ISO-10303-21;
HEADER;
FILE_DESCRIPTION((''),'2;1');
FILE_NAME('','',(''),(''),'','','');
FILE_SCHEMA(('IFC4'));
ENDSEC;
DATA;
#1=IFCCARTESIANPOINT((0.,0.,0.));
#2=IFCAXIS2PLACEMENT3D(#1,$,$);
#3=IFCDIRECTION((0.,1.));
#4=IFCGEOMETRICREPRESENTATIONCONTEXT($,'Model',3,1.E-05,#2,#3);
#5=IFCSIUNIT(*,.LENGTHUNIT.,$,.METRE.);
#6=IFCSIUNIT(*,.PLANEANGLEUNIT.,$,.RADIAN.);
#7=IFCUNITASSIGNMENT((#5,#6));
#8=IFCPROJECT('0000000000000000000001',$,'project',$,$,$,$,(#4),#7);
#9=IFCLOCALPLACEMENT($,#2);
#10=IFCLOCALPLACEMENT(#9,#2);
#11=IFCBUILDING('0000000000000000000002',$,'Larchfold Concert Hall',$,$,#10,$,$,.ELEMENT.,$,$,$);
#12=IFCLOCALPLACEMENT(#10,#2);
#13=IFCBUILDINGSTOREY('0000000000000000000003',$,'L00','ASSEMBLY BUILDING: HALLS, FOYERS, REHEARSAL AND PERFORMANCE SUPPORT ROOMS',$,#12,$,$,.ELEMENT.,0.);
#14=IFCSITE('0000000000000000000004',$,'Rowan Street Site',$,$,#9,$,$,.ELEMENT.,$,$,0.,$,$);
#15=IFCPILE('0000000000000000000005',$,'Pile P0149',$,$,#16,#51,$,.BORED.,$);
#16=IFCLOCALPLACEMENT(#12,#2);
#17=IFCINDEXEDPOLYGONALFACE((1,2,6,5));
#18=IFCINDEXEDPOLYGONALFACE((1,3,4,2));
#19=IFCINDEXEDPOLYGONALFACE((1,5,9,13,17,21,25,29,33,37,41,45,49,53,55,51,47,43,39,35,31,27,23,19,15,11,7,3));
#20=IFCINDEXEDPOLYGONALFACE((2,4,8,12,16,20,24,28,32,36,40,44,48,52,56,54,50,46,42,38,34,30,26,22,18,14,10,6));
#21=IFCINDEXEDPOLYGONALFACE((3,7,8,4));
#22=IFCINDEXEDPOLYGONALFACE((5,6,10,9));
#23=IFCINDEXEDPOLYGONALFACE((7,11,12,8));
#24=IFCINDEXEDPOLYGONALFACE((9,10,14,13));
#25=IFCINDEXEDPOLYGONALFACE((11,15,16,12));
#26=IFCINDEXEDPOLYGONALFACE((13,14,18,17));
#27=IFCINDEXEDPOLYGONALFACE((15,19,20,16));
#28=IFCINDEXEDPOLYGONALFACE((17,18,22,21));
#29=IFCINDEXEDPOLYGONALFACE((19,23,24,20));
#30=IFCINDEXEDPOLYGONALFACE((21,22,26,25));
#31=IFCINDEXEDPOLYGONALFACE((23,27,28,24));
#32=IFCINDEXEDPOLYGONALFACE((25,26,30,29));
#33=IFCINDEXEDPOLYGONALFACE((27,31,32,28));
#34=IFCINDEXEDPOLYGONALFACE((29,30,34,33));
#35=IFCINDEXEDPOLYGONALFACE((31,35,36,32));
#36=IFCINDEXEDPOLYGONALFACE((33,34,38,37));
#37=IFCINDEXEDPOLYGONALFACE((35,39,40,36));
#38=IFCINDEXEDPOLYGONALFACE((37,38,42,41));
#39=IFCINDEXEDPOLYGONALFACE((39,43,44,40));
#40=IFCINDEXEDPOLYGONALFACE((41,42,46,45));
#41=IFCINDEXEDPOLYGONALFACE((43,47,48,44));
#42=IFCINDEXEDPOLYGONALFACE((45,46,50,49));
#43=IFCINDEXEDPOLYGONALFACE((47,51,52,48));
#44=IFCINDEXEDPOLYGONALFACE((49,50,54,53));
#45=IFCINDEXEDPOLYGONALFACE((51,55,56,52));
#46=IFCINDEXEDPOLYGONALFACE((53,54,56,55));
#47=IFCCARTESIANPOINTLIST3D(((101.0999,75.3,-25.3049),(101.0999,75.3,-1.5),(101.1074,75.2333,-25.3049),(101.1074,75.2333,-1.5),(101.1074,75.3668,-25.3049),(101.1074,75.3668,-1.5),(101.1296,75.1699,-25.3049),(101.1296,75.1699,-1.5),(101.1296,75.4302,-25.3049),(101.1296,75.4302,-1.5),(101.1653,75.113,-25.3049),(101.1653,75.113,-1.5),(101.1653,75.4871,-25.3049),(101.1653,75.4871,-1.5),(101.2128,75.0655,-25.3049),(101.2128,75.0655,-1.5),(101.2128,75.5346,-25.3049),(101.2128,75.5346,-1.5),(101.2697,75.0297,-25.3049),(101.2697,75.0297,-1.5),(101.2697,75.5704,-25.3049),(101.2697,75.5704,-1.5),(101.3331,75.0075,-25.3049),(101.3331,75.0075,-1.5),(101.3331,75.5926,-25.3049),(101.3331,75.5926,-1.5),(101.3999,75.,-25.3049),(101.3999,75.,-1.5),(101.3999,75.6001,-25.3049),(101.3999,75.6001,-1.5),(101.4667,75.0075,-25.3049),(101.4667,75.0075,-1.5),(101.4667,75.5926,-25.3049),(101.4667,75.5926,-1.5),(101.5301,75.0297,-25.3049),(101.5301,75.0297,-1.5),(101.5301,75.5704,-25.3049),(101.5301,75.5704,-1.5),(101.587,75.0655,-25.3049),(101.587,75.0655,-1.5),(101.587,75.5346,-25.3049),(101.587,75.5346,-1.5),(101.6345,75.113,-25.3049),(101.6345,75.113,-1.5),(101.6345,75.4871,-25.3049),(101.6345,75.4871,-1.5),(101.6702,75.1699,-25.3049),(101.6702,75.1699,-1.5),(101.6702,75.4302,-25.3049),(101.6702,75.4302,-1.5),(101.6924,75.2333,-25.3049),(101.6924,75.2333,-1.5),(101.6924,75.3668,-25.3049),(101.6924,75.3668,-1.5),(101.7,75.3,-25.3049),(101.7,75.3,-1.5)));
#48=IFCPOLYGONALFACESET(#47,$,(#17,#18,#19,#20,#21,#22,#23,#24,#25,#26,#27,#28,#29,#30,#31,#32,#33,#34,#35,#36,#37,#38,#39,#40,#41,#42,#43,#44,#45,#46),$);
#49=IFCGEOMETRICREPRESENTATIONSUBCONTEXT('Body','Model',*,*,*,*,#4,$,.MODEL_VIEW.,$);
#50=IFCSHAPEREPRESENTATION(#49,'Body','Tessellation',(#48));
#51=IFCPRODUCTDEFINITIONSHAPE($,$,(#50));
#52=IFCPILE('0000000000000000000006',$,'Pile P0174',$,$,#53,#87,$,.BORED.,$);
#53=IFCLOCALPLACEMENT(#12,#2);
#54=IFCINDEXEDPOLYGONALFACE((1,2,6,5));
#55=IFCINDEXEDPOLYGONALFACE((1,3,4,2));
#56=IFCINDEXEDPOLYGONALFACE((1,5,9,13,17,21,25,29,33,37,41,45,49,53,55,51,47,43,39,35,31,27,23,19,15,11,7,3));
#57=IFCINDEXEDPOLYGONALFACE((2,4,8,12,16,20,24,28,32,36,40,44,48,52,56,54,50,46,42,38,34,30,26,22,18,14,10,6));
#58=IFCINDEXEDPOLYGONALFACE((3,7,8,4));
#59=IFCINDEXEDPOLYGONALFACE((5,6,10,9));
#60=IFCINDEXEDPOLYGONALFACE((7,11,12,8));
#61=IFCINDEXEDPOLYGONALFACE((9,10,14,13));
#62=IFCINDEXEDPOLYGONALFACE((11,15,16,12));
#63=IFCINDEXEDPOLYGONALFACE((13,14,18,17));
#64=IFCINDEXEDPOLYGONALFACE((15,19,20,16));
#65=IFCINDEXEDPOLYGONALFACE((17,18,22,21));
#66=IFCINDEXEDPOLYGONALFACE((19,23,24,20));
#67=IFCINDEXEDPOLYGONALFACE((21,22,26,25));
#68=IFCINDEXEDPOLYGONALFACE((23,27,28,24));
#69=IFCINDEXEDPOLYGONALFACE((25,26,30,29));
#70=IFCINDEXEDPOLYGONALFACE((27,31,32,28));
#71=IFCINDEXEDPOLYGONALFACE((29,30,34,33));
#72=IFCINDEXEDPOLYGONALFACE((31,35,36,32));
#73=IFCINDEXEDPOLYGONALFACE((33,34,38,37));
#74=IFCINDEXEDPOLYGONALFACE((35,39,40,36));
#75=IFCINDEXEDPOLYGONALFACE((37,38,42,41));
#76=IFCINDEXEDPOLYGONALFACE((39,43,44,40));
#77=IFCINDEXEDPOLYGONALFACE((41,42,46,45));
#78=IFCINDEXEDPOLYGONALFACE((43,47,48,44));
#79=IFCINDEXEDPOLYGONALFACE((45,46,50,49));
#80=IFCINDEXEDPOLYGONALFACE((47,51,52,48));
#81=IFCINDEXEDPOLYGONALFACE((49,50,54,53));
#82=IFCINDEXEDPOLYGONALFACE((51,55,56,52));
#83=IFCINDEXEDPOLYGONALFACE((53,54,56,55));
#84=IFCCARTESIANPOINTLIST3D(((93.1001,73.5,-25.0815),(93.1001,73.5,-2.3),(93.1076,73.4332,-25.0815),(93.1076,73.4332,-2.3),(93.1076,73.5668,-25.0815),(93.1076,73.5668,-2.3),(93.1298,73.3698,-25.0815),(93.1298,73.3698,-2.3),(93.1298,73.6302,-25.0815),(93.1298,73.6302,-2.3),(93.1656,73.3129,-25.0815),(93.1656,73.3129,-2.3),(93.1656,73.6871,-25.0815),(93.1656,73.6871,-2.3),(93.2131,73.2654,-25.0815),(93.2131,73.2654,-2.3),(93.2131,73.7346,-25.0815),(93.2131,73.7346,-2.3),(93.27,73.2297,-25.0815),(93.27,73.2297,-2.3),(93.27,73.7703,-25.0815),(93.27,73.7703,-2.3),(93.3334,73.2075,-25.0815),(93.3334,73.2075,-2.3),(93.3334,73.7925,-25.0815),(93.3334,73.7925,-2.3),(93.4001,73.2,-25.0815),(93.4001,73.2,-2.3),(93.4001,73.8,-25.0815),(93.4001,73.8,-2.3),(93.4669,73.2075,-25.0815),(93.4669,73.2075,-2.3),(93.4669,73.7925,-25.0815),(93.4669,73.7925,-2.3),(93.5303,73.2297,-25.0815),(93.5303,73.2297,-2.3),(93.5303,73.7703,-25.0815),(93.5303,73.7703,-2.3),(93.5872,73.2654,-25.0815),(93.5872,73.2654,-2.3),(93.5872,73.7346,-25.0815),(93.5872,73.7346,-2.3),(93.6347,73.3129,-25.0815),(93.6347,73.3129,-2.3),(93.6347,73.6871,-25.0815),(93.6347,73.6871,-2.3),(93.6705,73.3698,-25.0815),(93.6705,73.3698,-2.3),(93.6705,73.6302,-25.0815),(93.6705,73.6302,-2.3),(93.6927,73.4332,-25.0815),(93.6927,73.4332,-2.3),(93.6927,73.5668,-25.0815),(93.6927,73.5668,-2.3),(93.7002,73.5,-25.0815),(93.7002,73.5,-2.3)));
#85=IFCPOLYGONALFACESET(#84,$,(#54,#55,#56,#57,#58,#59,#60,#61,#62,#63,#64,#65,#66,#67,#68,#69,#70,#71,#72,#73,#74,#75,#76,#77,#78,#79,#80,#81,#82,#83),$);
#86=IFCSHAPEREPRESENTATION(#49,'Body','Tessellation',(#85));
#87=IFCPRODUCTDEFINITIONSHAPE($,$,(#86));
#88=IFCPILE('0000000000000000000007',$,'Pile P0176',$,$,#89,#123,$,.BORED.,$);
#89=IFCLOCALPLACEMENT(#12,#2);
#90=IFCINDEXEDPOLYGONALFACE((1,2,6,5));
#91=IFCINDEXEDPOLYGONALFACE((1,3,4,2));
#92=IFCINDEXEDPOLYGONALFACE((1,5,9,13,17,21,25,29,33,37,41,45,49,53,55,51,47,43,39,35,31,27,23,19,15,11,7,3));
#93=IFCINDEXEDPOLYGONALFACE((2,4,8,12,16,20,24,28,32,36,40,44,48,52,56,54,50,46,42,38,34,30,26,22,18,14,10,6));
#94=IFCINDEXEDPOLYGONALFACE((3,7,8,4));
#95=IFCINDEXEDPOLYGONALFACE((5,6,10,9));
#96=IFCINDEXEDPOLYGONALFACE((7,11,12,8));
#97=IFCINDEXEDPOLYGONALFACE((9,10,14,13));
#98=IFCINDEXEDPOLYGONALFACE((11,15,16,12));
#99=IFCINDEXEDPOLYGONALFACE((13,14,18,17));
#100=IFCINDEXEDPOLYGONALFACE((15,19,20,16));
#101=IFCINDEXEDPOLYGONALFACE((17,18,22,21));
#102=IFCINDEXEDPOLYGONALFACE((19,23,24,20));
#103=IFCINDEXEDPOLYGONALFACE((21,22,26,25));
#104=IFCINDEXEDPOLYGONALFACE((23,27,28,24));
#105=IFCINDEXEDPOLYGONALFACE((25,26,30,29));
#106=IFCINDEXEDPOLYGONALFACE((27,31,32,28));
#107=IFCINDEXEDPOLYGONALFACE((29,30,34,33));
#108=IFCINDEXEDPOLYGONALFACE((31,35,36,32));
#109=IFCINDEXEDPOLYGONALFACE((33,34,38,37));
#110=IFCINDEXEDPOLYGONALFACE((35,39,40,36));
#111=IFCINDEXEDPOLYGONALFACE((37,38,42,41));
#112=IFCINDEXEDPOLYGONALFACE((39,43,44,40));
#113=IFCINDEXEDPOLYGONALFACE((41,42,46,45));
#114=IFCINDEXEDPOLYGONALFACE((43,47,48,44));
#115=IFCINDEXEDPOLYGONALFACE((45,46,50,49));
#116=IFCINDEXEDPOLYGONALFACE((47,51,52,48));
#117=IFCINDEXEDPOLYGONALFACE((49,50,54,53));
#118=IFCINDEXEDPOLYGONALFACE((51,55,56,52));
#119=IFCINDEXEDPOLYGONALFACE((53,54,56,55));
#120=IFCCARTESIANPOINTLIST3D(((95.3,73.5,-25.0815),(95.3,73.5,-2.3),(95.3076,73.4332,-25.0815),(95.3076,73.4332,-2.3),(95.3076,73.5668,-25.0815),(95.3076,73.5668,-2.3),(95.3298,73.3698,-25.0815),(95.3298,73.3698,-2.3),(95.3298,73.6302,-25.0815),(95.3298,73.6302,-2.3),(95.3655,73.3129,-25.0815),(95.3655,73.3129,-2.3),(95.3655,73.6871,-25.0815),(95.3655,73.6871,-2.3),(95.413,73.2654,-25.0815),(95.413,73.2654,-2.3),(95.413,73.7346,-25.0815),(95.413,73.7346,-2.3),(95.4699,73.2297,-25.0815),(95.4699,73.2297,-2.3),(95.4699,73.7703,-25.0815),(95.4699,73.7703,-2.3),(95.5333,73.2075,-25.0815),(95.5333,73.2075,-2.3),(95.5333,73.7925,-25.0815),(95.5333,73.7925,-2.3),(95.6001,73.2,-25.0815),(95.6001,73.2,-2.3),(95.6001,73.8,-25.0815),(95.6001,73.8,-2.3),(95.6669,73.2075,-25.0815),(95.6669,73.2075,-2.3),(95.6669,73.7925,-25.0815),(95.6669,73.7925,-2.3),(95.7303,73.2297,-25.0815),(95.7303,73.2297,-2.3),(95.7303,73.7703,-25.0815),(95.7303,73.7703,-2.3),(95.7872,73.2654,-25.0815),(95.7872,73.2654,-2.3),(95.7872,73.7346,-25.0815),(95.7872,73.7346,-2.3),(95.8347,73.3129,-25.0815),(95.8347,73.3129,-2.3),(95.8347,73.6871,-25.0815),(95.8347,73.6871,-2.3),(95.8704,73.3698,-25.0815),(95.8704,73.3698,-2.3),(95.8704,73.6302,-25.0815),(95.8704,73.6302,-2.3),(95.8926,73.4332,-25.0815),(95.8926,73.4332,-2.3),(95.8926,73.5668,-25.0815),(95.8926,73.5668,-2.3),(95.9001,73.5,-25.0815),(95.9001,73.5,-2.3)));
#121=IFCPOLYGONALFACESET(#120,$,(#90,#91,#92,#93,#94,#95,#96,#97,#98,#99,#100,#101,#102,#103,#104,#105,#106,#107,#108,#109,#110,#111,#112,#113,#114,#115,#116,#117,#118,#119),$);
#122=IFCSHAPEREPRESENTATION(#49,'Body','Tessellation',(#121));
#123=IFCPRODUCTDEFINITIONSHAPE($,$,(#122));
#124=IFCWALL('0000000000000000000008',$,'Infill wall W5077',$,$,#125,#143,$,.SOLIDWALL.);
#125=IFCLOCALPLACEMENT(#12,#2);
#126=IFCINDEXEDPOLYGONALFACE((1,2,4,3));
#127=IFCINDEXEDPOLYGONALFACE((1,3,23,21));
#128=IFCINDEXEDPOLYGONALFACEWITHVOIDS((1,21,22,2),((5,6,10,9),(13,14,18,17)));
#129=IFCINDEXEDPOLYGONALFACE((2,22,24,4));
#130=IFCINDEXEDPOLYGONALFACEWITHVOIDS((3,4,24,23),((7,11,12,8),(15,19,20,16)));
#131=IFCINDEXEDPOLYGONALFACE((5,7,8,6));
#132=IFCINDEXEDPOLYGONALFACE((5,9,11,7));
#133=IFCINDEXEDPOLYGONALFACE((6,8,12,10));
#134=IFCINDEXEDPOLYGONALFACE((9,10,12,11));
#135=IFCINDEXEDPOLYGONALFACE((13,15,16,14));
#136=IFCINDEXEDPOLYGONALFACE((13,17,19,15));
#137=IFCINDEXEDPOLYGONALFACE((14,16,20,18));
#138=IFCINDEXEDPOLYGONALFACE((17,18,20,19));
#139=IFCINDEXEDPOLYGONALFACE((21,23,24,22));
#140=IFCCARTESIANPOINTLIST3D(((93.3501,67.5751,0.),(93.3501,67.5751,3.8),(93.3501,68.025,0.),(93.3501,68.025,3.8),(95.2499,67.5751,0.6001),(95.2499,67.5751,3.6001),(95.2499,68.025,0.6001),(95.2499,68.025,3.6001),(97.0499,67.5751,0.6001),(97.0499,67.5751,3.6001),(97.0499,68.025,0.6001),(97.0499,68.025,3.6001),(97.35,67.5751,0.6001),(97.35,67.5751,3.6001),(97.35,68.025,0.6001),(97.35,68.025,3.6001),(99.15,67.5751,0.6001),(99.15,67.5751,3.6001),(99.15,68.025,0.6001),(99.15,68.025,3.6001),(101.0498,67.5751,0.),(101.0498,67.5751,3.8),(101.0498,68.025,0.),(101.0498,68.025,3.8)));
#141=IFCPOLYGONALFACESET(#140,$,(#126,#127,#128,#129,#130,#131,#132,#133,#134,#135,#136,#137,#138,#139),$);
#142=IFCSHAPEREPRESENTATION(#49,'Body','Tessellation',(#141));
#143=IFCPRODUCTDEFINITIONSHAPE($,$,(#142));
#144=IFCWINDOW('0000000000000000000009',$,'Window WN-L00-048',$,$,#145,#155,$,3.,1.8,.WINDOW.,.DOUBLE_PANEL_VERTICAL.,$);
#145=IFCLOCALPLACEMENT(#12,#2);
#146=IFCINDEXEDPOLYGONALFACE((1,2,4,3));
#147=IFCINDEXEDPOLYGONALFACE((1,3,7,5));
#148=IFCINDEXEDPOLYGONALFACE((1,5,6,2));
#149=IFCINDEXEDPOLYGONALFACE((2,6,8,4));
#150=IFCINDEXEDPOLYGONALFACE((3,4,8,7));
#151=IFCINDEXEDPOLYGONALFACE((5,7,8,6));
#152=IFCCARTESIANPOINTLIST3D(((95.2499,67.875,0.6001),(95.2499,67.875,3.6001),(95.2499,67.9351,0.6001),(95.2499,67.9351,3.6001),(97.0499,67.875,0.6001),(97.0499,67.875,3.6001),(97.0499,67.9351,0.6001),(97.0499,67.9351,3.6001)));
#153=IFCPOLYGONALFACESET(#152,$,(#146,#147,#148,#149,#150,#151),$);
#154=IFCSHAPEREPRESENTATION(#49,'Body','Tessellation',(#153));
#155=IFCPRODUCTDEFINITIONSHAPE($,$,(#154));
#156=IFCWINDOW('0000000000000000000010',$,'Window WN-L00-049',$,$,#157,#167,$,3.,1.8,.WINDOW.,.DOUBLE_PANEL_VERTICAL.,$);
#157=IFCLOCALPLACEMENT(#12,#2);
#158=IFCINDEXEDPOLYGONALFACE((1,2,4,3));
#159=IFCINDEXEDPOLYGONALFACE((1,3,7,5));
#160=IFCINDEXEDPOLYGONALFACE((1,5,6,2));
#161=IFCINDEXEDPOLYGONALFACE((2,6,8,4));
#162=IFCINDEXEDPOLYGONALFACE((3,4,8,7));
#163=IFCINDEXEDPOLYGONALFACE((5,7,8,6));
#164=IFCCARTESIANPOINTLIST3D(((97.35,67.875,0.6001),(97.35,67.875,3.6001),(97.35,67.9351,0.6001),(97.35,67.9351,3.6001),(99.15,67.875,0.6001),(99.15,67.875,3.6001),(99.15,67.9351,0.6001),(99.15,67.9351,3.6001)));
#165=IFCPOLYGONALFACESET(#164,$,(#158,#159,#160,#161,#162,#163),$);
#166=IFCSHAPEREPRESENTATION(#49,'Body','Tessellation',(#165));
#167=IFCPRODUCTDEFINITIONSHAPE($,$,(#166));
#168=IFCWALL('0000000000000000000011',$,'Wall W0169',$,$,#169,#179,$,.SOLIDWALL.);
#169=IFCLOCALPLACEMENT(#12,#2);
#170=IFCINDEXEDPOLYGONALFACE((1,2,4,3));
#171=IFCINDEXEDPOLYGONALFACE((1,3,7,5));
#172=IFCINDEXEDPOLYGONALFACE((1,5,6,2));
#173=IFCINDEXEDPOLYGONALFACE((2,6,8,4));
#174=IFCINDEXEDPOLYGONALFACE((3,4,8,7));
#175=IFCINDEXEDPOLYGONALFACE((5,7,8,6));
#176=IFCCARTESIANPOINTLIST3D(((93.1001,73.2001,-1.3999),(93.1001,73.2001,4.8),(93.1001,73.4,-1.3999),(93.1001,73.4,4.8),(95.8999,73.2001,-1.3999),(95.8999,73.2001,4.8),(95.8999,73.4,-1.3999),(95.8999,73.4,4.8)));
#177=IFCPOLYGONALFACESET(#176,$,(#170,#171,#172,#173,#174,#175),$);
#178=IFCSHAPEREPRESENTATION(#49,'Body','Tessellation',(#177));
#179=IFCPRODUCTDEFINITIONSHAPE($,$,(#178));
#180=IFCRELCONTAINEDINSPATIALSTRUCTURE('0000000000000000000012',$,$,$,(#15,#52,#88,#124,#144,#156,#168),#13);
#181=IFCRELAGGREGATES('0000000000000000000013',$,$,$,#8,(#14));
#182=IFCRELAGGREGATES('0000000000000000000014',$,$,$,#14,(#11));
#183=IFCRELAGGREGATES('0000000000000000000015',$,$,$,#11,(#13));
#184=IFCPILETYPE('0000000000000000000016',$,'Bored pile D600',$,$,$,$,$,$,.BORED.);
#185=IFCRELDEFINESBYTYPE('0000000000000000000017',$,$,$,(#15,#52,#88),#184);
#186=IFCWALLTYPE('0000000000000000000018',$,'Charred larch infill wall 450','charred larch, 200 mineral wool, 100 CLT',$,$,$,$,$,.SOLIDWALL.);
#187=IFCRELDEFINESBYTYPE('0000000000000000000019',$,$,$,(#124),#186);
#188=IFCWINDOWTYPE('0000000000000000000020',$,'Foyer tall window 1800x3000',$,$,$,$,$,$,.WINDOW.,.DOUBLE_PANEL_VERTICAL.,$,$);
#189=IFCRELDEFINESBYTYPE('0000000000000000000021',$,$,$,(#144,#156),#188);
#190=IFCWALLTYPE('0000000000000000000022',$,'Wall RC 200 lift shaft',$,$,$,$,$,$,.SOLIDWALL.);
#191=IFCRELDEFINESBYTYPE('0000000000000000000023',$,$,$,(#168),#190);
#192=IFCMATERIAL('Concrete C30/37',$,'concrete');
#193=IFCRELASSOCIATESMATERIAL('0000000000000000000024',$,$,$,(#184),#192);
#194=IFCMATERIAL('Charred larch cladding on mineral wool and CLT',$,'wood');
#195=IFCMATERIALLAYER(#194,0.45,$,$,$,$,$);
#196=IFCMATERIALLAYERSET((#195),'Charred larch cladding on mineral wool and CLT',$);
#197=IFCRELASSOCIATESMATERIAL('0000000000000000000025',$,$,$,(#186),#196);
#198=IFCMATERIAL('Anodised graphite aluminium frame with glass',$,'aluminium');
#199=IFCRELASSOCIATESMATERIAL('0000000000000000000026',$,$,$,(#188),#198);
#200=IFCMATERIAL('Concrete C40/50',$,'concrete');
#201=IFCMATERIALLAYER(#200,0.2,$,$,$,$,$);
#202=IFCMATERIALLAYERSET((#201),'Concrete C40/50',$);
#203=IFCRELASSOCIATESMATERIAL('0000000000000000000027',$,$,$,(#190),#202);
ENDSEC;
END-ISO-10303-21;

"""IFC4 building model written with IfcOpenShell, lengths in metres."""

from ifc_helpers import new_model, si_unit, direction, frame, frame_2d, origin, origin_2d, place, context, subcontext, project, spatial, rectangle, circle, extrude, material, layer, layer_set, material_profile, profile_set, type_object, element, fill, save


model = new_model("IFC4")

# Units and contexts
model_context = context("Model", 3, precision=1e-05, world=origin(), true_north=direction((0.0, 1.0)))
body_context = subcontext(model_context, "Body", "Model", "MODEL_VIEW")
ifc_project = project(units=[si_unit("LENGTHUNIT", "METRE"), si_unit("PLANEANGLEUNIT", "RADIAN")], contexts=[model_context])

# Site, building, storey
site_placement = place(None, origin())
site = spatial("IfcSite", under=ifc_project, at=site_placement, Name="Rowan Street Site", CompositionType="ELEMENT", RefElevation=0.0)
building_placement = place(site_placement, origin())
building = spatial("IfcBuilding", under=site, at=building_placement, Name="Larchfold Concert Hall", CompositionType="ELEMENT")
storey_placement = place(building_placement, origin())
storey = spatial("IfcBuildingStorey", under=building, at=storey_placement, Name="L00", Description="ASSEMBLY BUILDING: HALLS, FOYERS, REHEARSAL AND PERFORMANCE SUPPORT ROOMS", CompositionType="ELEMENT", Elevation=0.0)

# Piles
ifc_material_1 = material(Name="Concrete C30/37", Category="concrete")
ifc_material_profile = material_profile(ifc_material_1, circle(Radius=0.3, at=origin_2d()))
ifc_profile_set = profile_set([ifc_material_profile], Name="Concrete C30/37")
pile_type = type_object("IfcPileType", Name="Bored pile D600", PredefinedType="BORED", material=ifc_profile_set)
for number, where, z_axis, x_axis, name in (
    (1, (101.3999, 75.3, -1.5), (0.0, 0.0, -1.0), (1.0, 0.0, 0.0), "Pile P0149"),
):
    element("IfcPile", number, at=place(storey_placement, frame(where, z_axis=z_axis, x_axis=x_axis)), inside=storey, type_object=pile_type, Name=name, PredefinedType="BORED", context=body_context, shape_type="SweptSolid", body=[
        extrude(circle(Radius=0.3, at=origin_2d()), origin(), (0.0, 0.0, 1.0), 23.8049),
    ])
for number, where, z_axis, x_axis, name in (
    (2, (93.4001, 73.5, -2.3), (0.0, 0.0, -1.0), (1.0, 0.0, 0.0), "Pile P0174"),
    (3, (95.6001, 73.5, -2.3), (0.0, 0.0, -1.0), (1.0, 0.0, 0.0), "Pile P0176"),
):
    element("IfcPile", number, at=place(storey_placement, frame(where, z_axis=z_axis, x_axis=x_axis)), inside=storey, type_object=pile_type, Name=name, PredefinedType="BORED", context=body_context, shape_type="SweptSolid", body=[
        extrude(circle(Radius=0.3, at=origin_2d()), origin(), (0.0, 0.0, 1.0), 22.7815),
    ])

# Wall, openings, windows
ifc_material_2 = material(Name="Charred larch cladding on mineral wool and CLT", Category="wood")
ifc_layer_1 = layer(ifc_material_2, 0.45)
ifc_layer_set_1 = layer_set([ifc_layer_1], Name="Charred larch cladding on mineral wool and CLT")
wall_type_1 = type_object("IfcWallType", Name="Charred larch infill wall 450", Description="charred larch, 200 mineral wool, 100 CLT", PredefinedType="SOLIDWALL", material=ifc_layer_set_1)
wall_1_placement = place(storey_placement, frame((93.3501, 67.8, 0.0), z_axis=(0.0, 0.0, 1.0), x_axis=(1.0, 0.0, 0.0)))
wall_1 = element("IfcWall", 4, at=wall_1_placement, inside=storey, type_object=wall_type_1, Name="Infill wall W5077", PredefinedType="SOLIDWALL", context=body_context, shape_type="SweptSolid", body=[
    extrude(rectangle(XDim=7.6997, YDim=0.45, at=frame_2d((3.8499, 0.0))), origin(), (0.0, 0.0, 1.0), 3.8),
])
opening_1_placement = place(wall_1_placement, frame((1.8999, 0.0, 0.6001)))
opening_1 = element("IfcOpeningElement", 5, at=opening_1_placement, cuts=wall_1, PredefinedType="OPENING", context=body_context, shape_type="SweptSolid", body=[
    extrude(rectangle(XDim=1.8, YDim=3.0, at=frame_2d((0.8999, 1.5))), frame((0.0, 0.2349, 0.0), z_axis=(0.0, -1.0, 0.0), x_axis=(1.0, 0.0, 0.0)), (0.0, 0.0, 1.0), 0.47),
])
opening_2_placement = place(wall_1_placement, frame((4.0, 0.0, 0.6001)))
opening_2 = element("IfcOpeningElement", 6, at=opening_2_placement, cuts=wall_1, PredefinedType="OPENING", context=body_context, shape_type="SweptSolid", body=[
    extrude(rectangle(XDim=1.8, YDim=3.0, at=frame_2d((0.8999, 1.5))), frame((0.0, 0.2349, 0.0), z_axis=(0.0, -1.0, 0.0), x_axis=(1.0, 0.0, 0.0)), (0.0, 0.0, 1.0), 0.47),
])
ifc_material_3 = material(Name="Anodised graphite aluminium frame with glass", Category="aluminium")
window_type = type_object("IfcWindowType", Name="Foyer tall window 1800x3000", PartitioningType="DOUBLE_PANEL_VERTICAL", PredefinedType="WINDOW", material=ifc_material_3)
window_1_placement = place(opening_1_placement, origin())
window_1 = element("IfcWindow", 7, at=window_1_placement, inside=storey, type_object=window_type, Name="Window WN-L00-048", OverallHeight=3.0, OverallWidth=1.8, PartitioningType="DOUBLE_PANEL_VERTICAL", PredefinedType="WINDOW", context=body_context, shape_type="SweptSolid", body=[
    extrude(rectangle(XDim=1.8, YDim=3.0, at=frame_2d((0.8999, 1.5))), frame((0.0, 0.135, 0.0), z_axis=(0.0, -1.0, 0.0), x_axis=(1.0, 0.0, 0.0)), (0.0, 0.0, 1.0), 0.0601),
])
fill(opening_1, window_1)
window_2_placement = place(opening_2_placement, origin())
window_2 = element("IfcWindow", 8, at=window_2_placement, inside=storey, type_object=window_type, Name="Window WN-L00-049", OverallHeight=3.0, OverallWidth=1.8, PartitioningType="DOUBLE_PANEL_VERTICAL", PredefinedType="WINDOW", context=body_context, shape_type="SweptSolid", body=[
    extrude(rectangle(XDim=1.8, YDim=3.0, at=frame_2d((0.8999, 1.5))), frame((0.0, 0.135, 0.0), z_axis=(0.0, -1.0, 0.0), x_axis=(1.0, 0.0, 0.0)), (0.0, 0.0, 1.0), 0.0601),
])
fill(opening_2, window_2)

# Wall
ifc_material_4 = material(Name="Concrete C40/50", Category="concrete")
ifc_layer_2 = layer(ifc_material_4, 0.2)
ifc_layer_set_2 = layer_set([ifc_layer_2], Name="Concrete C40/50")
wall_type_2 = type_object("IfcWallType", Name="Wall RC 200 lift shaft", PredefinedType="SOLIDWALL", material=ifc_layer_set_2)
wall_2_placement = place(storey_placement, frame((93.1001, 73.3, -1.3999), z_axis=(0.0, 0.0, 1.0), x_axis=(1.0, 0.0, 0.0)))
element("IfcWall", 9, at=wall_2_placement, inside=storey, type_object=wall_type_2, Name="Wall W0169", PredefinedType="SOLIDWALL", context=body_context, shape_type="SweptSolid", body=[
    extrude(rectangle(XDim=2.7998, YDim=0.2, at=frame_2d((1.3999, 0.0))), origin(), (0.0, 0.0, 1.0), 6.2),
])

save(model, "model.ifc")
